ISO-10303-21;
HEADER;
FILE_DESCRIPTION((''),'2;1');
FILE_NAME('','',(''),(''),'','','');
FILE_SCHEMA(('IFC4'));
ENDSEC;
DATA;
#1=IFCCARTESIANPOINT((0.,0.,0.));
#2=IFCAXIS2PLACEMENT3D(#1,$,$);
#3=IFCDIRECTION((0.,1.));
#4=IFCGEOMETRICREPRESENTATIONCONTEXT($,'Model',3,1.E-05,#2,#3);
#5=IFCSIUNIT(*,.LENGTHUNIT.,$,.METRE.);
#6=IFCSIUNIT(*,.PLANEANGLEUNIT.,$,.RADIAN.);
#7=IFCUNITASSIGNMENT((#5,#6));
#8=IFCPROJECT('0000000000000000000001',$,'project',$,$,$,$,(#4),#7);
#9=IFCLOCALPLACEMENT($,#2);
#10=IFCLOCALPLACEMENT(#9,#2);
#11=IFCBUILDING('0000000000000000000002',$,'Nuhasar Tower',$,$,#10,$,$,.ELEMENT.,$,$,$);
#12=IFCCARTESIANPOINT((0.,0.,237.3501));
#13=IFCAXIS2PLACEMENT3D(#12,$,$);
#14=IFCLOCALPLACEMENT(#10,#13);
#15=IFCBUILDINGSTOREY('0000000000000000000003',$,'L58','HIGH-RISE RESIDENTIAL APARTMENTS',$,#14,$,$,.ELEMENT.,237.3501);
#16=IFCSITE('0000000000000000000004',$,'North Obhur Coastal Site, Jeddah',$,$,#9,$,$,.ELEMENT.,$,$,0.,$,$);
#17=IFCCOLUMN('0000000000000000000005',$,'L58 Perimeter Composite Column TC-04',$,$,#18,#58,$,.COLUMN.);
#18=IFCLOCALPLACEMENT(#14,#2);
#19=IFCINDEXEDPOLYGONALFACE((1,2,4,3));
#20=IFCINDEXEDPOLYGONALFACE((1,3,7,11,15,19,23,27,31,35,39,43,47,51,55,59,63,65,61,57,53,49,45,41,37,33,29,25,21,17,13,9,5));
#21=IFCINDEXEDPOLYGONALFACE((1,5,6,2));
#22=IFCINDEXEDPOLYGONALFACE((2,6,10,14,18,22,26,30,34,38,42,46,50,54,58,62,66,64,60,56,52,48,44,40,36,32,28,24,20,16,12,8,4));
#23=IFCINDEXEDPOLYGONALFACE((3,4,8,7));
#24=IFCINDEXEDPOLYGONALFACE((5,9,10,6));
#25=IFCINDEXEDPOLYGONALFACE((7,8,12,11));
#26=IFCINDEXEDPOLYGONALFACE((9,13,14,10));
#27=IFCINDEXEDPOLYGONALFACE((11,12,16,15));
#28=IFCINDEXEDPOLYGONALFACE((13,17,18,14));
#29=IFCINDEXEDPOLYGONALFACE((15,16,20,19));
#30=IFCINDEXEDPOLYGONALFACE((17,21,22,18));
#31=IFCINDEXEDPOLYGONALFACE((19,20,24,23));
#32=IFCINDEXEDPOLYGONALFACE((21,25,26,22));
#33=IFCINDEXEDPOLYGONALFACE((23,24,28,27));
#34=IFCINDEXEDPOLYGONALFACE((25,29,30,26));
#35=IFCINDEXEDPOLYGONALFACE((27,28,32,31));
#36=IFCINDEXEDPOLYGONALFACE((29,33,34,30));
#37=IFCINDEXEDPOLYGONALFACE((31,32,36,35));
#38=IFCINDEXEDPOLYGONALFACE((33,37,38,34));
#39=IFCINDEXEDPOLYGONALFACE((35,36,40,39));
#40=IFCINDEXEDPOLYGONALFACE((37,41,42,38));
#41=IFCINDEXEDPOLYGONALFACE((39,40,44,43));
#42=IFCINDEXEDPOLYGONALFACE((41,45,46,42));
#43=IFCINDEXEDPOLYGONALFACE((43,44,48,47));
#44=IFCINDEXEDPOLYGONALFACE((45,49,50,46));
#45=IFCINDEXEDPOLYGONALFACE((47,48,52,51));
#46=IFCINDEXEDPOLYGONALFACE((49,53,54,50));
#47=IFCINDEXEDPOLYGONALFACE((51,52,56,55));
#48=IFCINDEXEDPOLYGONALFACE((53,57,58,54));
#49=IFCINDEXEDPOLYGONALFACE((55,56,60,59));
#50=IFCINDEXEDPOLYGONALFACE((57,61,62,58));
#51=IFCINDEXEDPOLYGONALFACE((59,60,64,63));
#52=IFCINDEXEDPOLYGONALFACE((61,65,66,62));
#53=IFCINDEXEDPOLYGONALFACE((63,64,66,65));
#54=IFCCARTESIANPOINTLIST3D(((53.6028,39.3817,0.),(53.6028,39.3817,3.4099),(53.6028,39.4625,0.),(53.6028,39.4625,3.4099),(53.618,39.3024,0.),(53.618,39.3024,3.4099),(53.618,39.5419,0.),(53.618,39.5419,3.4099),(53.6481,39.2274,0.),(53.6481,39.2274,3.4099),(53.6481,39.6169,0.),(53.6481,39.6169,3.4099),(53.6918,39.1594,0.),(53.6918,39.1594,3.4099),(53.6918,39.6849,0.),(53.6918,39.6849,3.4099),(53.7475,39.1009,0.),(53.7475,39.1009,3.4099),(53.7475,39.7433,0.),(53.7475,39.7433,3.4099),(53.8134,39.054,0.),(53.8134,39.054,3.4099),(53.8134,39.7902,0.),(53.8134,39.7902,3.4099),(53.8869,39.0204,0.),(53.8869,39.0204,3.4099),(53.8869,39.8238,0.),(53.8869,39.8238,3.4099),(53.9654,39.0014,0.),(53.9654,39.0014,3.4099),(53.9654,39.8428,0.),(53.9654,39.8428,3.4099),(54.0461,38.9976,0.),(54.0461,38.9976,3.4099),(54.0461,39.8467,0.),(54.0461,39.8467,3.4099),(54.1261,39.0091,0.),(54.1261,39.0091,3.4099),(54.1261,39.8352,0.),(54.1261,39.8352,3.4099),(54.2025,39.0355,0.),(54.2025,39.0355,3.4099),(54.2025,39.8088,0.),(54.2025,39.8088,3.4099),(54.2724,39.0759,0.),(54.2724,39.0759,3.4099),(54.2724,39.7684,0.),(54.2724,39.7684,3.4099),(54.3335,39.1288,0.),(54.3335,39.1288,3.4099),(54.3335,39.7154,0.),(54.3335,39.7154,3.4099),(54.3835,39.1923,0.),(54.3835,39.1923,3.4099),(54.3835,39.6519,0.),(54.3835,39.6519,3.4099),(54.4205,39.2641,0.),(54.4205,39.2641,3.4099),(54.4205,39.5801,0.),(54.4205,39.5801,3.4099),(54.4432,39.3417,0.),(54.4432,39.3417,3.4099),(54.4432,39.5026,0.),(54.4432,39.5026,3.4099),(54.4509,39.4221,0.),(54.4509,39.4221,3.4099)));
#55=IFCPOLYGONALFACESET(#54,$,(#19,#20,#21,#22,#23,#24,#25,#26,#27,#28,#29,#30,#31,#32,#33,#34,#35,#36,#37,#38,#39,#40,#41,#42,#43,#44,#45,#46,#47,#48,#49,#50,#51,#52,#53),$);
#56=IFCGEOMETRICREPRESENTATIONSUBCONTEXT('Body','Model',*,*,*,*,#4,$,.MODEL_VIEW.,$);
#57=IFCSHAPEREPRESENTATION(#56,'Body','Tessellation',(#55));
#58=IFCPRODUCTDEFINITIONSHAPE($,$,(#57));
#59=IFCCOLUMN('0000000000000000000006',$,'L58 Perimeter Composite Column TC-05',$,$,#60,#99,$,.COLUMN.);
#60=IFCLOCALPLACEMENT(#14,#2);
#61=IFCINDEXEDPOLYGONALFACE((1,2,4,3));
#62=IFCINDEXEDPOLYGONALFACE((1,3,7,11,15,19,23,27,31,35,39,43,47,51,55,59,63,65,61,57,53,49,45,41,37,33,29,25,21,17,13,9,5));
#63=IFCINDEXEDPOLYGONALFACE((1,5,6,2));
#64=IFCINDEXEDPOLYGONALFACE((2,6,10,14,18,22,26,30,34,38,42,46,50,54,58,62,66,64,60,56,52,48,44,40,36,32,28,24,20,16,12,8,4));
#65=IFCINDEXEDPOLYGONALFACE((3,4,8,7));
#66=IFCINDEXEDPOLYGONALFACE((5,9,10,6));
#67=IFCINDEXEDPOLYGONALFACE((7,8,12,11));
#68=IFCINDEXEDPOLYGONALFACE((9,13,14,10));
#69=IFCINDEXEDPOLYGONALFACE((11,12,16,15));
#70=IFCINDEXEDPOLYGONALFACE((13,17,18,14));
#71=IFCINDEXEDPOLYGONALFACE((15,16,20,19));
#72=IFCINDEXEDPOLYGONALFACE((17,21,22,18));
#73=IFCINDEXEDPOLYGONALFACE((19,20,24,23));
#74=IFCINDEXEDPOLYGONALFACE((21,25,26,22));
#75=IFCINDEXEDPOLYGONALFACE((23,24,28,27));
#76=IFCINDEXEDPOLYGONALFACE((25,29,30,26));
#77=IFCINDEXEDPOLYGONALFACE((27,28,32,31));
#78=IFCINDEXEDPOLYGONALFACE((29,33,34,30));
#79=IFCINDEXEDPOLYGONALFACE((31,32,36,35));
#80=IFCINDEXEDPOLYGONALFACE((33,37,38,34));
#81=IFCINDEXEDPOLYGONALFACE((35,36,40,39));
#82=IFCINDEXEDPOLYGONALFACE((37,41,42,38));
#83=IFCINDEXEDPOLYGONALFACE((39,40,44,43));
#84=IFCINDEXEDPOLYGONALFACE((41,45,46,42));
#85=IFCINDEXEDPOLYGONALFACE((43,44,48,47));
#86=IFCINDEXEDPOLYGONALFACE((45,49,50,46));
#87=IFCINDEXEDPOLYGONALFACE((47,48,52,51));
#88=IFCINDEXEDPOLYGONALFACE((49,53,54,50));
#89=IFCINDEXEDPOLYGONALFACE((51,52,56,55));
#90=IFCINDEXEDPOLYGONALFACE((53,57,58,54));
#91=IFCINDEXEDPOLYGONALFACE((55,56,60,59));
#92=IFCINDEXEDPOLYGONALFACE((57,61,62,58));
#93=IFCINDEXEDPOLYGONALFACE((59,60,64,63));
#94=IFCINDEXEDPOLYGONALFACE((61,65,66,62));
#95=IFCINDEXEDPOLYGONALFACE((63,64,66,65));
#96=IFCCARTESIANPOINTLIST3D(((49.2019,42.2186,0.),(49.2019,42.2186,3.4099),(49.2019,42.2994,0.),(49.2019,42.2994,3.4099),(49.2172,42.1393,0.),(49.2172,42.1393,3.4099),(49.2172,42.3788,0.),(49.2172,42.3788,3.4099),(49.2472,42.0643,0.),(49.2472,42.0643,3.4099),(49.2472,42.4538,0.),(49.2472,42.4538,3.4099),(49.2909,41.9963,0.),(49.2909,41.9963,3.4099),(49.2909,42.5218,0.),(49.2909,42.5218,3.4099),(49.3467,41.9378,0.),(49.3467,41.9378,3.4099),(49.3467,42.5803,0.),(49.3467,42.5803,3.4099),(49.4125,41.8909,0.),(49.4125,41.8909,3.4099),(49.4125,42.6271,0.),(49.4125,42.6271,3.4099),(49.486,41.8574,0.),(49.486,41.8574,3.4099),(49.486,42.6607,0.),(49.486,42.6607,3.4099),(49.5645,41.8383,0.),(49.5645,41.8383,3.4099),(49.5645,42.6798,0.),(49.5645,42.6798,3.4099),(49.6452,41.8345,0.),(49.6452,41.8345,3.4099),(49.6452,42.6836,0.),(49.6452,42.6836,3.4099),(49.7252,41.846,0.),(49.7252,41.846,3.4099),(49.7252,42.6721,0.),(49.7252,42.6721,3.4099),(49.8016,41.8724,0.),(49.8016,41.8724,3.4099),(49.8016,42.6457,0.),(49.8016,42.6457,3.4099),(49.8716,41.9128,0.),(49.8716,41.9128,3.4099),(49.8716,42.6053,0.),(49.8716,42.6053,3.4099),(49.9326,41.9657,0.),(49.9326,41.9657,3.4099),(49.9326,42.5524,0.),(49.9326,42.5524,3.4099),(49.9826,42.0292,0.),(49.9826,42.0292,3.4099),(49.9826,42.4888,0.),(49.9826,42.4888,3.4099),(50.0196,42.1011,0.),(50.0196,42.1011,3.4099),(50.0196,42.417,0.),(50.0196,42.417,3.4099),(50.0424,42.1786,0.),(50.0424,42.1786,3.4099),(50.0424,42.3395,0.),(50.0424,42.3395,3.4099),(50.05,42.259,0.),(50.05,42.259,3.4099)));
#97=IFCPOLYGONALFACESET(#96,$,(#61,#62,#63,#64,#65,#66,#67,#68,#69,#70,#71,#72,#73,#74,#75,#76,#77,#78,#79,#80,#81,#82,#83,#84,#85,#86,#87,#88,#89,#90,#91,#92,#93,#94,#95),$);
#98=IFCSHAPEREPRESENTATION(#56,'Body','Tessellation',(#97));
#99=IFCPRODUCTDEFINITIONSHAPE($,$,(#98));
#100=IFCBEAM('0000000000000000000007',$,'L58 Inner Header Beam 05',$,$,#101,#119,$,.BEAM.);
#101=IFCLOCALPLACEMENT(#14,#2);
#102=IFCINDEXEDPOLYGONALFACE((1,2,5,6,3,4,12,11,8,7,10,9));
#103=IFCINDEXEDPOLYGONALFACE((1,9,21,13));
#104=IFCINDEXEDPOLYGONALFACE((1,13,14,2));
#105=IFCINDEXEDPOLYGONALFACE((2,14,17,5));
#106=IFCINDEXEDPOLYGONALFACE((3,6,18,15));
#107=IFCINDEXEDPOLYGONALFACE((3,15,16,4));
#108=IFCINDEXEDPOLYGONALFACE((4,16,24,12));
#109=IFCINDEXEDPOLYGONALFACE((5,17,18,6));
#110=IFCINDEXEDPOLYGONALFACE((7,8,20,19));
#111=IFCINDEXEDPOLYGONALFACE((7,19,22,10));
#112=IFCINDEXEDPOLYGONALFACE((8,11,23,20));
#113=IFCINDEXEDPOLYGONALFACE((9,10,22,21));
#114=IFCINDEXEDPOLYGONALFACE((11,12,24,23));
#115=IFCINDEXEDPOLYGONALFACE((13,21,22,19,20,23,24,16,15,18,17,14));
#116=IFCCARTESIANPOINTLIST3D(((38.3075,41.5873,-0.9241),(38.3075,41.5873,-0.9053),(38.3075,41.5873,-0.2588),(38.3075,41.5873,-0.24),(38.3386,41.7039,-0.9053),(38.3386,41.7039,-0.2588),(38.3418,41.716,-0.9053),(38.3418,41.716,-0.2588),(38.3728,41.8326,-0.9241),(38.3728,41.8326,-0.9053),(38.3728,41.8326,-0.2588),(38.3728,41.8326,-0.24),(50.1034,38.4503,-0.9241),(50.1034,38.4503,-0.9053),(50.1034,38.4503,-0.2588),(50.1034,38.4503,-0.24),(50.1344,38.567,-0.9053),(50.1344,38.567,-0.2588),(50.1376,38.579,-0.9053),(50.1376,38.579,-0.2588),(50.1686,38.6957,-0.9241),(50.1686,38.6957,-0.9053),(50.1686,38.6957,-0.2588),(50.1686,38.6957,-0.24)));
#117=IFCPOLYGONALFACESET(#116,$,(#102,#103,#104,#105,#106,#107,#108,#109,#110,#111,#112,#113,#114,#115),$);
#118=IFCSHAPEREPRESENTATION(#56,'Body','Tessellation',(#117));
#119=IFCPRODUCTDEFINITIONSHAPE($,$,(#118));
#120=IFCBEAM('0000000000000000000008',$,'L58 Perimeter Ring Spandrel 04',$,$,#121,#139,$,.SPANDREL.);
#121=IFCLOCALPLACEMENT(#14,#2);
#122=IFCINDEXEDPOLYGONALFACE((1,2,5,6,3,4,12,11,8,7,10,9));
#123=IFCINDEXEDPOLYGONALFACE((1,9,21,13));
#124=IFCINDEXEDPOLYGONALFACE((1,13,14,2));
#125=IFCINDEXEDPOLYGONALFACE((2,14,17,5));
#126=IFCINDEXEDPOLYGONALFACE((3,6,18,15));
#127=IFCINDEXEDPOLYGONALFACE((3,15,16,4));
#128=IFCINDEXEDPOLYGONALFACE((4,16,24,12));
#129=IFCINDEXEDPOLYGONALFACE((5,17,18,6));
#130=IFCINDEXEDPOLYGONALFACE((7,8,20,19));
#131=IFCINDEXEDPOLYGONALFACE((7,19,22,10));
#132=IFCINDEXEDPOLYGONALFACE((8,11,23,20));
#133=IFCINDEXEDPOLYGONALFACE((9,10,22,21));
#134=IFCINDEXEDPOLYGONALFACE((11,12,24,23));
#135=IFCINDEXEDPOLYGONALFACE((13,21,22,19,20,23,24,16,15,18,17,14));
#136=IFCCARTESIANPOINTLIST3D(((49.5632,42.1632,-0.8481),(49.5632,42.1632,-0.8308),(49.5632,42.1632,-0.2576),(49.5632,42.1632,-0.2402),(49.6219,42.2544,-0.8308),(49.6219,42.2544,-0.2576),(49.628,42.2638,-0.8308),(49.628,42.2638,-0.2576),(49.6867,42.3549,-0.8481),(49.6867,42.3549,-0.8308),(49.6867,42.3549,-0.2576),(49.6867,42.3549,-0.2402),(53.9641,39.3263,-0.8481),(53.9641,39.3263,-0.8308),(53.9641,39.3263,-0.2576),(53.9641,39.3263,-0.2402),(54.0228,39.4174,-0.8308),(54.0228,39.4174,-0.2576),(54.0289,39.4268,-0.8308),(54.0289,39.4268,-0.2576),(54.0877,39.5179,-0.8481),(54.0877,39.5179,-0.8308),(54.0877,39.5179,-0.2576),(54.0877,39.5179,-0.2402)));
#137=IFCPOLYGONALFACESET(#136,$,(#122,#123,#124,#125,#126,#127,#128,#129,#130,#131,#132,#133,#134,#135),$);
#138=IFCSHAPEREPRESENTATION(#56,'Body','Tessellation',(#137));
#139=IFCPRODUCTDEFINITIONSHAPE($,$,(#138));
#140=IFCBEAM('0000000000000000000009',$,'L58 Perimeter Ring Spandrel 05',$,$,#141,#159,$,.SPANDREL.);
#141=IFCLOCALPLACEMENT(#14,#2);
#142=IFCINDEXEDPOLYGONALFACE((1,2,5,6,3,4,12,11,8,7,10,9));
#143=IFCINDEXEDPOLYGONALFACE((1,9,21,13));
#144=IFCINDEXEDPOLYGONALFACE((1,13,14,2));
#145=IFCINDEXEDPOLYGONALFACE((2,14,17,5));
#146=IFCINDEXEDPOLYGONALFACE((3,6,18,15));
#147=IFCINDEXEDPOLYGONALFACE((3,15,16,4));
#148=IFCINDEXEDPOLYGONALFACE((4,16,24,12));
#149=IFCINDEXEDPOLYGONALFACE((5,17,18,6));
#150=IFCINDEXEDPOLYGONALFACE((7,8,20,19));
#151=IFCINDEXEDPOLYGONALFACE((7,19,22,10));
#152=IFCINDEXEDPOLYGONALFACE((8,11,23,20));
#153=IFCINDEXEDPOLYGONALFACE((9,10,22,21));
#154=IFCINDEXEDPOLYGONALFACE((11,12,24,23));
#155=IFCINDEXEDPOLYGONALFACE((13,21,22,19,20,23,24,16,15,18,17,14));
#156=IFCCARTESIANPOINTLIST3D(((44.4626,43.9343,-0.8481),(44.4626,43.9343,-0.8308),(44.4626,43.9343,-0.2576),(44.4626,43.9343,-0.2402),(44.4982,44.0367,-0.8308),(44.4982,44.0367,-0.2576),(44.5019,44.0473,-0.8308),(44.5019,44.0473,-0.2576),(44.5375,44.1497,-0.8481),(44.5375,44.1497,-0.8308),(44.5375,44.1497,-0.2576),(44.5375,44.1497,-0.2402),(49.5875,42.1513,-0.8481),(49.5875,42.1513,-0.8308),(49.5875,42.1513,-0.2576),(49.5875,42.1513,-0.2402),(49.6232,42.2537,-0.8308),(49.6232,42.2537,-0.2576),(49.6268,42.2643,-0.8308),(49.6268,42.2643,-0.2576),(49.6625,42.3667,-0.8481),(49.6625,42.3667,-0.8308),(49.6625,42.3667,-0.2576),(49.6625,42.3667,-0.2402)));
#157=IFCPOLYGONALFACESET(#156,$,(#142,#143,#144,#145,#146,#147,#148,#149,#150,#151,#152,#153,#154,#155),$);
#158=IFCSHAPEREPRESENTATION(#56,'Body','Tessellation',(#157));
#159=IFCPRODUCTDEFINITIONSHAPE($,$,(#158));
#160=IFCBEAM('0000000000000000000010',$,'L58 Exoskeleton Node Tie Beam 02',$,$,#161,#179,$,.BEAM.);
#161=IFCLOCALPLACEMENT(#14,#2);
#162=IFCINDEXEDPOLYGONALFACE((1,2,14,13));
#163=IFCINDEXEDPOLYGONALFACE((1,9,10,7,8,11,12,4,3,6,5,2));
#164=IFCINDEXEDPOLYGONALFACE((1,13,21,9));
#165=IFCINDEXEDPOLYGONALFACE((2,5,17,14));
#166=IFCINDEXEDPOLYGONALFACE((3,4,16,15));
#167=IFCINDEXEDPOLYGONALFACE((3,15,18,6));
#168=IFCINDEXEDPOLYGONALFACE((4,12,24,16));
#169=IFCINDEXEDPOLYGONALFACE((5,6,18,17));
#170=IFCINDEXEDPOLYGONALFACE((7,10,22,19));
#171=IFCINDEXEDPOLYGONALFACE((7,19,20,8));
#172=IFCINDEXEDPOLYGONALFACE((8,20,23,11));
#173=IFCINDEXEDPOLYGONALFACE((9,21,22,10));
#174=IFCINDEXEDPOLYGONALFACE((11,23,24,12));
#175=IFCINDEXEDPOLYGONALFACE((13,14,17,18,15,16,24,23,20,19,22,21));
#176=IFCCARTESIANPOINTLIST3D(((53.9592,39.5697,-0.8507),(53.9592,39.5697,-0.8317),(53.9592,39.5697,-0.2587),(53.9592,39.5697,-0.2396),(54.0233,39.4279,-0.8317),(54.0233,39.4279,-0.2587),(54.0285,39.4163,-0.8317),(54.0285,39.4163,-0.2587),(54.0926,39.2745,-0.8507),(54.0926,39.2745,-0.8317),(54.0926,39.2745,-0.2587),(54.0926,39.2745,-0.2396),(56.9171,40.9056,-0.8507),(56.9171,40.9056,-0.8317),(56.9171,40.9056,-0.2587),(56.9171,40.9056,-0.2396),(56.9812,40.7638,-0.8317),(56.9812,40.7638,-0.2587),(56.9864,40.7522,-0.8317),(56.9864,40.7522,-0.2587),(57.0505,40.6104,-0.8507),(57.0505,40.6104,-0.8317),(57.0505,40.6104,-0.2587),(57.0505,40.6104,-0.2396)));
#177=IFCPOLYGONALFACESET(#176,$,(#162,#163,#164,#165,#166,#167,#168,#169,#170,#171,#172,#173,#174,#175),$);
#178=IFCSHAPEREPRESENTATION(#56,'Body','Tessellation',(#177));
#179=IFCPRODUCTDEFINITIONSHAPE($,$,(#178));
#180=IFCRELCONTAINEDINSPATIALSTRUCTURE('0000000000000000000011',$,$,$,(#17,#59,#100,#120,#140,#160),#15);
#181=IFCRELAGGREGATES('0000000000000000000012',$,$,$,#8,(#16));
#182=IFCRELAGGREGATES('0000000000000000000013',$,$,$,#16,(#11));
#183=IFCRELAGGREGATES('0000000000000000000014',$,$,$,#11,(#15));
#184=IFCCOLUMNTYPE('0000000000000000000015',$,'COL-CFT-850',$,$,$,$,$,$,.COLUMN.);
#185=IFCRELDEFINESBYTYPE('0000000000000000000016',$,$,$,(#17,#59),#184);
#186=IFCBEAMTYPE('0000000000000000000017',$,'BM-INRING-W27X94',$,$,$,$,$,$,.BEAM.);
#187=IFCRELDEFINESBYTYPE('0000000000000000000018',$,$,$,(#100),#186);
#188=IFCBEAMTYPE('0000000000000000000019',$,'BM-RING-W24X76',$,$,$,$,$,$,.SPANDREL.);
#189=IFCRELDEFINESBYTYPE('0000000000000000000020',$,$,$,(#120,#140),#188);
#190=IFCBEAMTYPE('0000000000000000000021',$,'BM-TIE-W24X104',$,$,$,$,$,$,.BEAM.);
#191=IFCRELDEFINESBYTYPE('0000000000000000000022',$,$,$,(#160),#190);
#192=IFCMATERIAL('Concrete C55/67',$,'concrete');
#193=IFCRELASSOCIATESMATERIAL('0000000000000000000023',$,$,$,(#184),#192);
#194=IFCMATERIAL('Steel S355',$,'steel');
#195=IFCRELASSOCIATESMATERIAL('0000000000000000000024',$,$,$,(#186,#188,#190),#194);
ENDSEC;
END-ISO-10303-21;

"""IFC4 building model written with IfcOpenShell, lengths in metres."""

from ifc_helpers import new_model, si_unit, direction, frame, origin, origin_2d, place, context, subcontext, project, spatial, circle, i_section, extrude, material, material_profile, profile_set, type_object, element, save


model = new_model("IFC4")

# Units and contexts
model_context = context("Model", 3, precision=1e-05, world=origin(), true_north=direction((0.0, 1.0)))
body_context = subcontext(model_context, "Body", "Model", "MODEL_VIEW")
ifc_project = project(units=[si_unit("LENGTHUNIT", "METRE"), si_unit("PLANEANGLEUNIT", "RADIAN")], contexts=[model_context])

# Site, building, storey
site_placement = place(None, origin())
site = spatial("IfcSite", under=ifc_project, at=site_placement, Name="North Obhur Coastal Site, Jeddah", CompositionType="ELEMENT", RefElevation=0.0)
building_placement = place(site_placement, origin())
building = spatial("IfcBuilding", under=site, at=building_placement, Name="Nuhasar Tower", CompositionType="ELEMENT")
storey_placement = place(building_placement, frame((0.0, 0.0, 237.3501)))
storey = spatial("IfcBuildingStorey", under=building, at=storey_placement, Name="L58", Description="HIGH-RISE RESIDENTIAL APARTMENTS", CompositionType="ELEMENT", Elevation=237.3501)

# Columns
ifc_material_1 = material(Name="Concrete C55/67", Category="concrete")
ifc_material_profile_1 = material_profile(ifc_material_1, circle(Radius=0.425, at=origin_2d()), Name="CFT850")
ifc_profile_set_1 = profile_set([ifc_material_profile_1], Name="Concrete C55/67")
column_type = type_object("IfcColumnType", Name="COL-CFT-850", PredefinedType="COLUMN", material=ifc_profile_set_1)
for number, where, z_axis, x_axis, name in (
    (1, (54.0259, 39.4221, 0.0), (0.0, 0.0, 1.0), (1.0, 0.0, 0.0), "L58 Perimeter Composite Column TC-04"),
    (2, (49.625, 42.259, 0.0), (0.0, 0.0, 1.0), (1.0, 0.0, 0.0), "L58 Perimeter Composite Column TC-05"),
):
    element("IfcColumn", number, at=place(storey_placement, frame(where, z_axis=z_axis, x_axis=x_axis)), inside=storey, type_object=column_type, Name=name, PredefinedType="COLUMN", context=body_context, shape_type="SweptSolid", body=[
        extrude(circle(Radius=0.425, at=origin_2d()), origin(), (0.0, 0.0, 1.0), 3.4099),
    ])

# Beams
ifc_material_2 = material(Name="Steel S355", Category="steel")
ifc_material_profile_2 = material_profile(ifc_material_2, i_section(OverallWidth=0.2539, OverallDepth=0.6841, WebThickness=0.0125, FlangeThickness=0.0188, at=origin_2d()), Name="W27X94")
ifc_profile_set_2 = profile_set([ifc_material_profile_2], Name="Steel S355")
beam_type_1 = type_object("IfcBeamType", Name="BM-INRING-W27X94", PredefinedType="BEAM", material=ifc_profile_set_2)
beam_1_placement = place(storey_placement, frame((50.136, 38.573, -0.582), z_axis=(-0.96641, 0.257004, 0.0), x_axis=(-0.257004, -0.96641, 0.0)))
element("IfcBeam", 3, at=beam_1_placement, inside=storey, type_object=beam_type_1, Name="L58 Inner Header Beam 05", PredefinedType="BEAM", context=body_context, shape_type="SweptSolid", body=[
    extrude(i_section(OverallWidth=0.2539, OverallDepth=0.6841, WebThickness=0.0125, FlangeThickness=0.0188, at=origin_2d()), origin(), (0.0, 0.0, 1.0), 12.2058),
])
ifc_material_profile_3 = material_profile(ifc_material_2, i_section(OverallWidth=0.228, OverallDepth=0.6079, WebThickness=0.0112, FlangeThickness=0.0173, at=origin_2d()), Name="W24X76")
ifc_profile_set_3 = profile_set([ifc_material_profile_3], Name="Steel S355")
beam_type_2 = type_object("IfcBeamType", Name="BM-RING-W24X76", PredefinedType="SPANDREL", material=ifc_profile_set_3)
beam_2_placement = place(storey_placement, frame((54.0259, 39.4221, -0.5442), z_axis=(-0.840502, 0.541808, 0.0), x_axis=(-0.541808, -0.840502, 0.0)))
element("IfcBeam", 4, at=beam_2_placement, inside=storey, type_object=beam_type_2, Name="L58 Perimeter Ring Spandrel 04", PredefinedType="SPANDREL", context=body_context, shape_type="SweptSolid", body=[
    extrude(i_section(OverallWidth=0.228, OverallDepth=0.6079, WebThickness=0.0112, FlangeThickness=0.0173, at=origin_2d()), origin(), (0.0, 0.0, 1.0), 5.2361),
])
beam_3_placement = place(storey_placement, frame((49.625, 42.259, -0.5442), z_axis=(-0.944477, 0.328578, 0.0), x_axis=(-0.328578, -0.944477, 0.0)))
element("IfcBeam", 5, at=beam_3_placement, inside=storey, type_object=beam_type_2, Name="L58 Perimeter Ring Spandrel 05", PredefinedType="SPANDREL", context=body_context, shape_type="SweptSolid", body=[
    extrude(i_section(OverallWidth=0.228, OverallDepth=0.6079, WebThickness=0.0112, FlangeThickness=0.0173, at=origin_2d()), origin(), (0.0, 0.0, 1.0), 5.4263),
])
ifc_material_profile_4 = material_profile(ifc_material_2, i_section(OverallWidth=0.324, OverallDepth=0.6111, WebThickness=0.0127, FlangeThickness=0.019, at=origin_2d()), Name="W24X104")
ifc_profile_set_4 = profile_set([ifc_material_profile_4], Name="Steel S355")
beam_type_3 = type_object("IfcBeamType", Name="BM-TIE-W24X104", PredefinedType="BEAM", material=ifc_profile_set_4)
beam_4_placement = place(storey_placement, frame((54.0259, 39.4221, -0.5452), z_axis=(0.911363, 0.411603, 0.0), x_axis=(-0.411603, 0.911363, 0.0)))
element("IfcBeam", 6, at=beam_4_placement, inside=storey, type_object=beam_type_3, Name="L58 Exoskeleton Node Tie Beam 02", PredefinedType="BEAM", context=body_context, shape_type="SweptSolid", body=[
    extrude(i_section(OverallWidth=0.324, OverallDepth=0.6111, WebThickness=0.0127, FlangeThickness=0.019, at=origin_2d()), origin(), (0.0, 0.0, 1.0), 3.2456),
])

save(model, "model.ifc")
